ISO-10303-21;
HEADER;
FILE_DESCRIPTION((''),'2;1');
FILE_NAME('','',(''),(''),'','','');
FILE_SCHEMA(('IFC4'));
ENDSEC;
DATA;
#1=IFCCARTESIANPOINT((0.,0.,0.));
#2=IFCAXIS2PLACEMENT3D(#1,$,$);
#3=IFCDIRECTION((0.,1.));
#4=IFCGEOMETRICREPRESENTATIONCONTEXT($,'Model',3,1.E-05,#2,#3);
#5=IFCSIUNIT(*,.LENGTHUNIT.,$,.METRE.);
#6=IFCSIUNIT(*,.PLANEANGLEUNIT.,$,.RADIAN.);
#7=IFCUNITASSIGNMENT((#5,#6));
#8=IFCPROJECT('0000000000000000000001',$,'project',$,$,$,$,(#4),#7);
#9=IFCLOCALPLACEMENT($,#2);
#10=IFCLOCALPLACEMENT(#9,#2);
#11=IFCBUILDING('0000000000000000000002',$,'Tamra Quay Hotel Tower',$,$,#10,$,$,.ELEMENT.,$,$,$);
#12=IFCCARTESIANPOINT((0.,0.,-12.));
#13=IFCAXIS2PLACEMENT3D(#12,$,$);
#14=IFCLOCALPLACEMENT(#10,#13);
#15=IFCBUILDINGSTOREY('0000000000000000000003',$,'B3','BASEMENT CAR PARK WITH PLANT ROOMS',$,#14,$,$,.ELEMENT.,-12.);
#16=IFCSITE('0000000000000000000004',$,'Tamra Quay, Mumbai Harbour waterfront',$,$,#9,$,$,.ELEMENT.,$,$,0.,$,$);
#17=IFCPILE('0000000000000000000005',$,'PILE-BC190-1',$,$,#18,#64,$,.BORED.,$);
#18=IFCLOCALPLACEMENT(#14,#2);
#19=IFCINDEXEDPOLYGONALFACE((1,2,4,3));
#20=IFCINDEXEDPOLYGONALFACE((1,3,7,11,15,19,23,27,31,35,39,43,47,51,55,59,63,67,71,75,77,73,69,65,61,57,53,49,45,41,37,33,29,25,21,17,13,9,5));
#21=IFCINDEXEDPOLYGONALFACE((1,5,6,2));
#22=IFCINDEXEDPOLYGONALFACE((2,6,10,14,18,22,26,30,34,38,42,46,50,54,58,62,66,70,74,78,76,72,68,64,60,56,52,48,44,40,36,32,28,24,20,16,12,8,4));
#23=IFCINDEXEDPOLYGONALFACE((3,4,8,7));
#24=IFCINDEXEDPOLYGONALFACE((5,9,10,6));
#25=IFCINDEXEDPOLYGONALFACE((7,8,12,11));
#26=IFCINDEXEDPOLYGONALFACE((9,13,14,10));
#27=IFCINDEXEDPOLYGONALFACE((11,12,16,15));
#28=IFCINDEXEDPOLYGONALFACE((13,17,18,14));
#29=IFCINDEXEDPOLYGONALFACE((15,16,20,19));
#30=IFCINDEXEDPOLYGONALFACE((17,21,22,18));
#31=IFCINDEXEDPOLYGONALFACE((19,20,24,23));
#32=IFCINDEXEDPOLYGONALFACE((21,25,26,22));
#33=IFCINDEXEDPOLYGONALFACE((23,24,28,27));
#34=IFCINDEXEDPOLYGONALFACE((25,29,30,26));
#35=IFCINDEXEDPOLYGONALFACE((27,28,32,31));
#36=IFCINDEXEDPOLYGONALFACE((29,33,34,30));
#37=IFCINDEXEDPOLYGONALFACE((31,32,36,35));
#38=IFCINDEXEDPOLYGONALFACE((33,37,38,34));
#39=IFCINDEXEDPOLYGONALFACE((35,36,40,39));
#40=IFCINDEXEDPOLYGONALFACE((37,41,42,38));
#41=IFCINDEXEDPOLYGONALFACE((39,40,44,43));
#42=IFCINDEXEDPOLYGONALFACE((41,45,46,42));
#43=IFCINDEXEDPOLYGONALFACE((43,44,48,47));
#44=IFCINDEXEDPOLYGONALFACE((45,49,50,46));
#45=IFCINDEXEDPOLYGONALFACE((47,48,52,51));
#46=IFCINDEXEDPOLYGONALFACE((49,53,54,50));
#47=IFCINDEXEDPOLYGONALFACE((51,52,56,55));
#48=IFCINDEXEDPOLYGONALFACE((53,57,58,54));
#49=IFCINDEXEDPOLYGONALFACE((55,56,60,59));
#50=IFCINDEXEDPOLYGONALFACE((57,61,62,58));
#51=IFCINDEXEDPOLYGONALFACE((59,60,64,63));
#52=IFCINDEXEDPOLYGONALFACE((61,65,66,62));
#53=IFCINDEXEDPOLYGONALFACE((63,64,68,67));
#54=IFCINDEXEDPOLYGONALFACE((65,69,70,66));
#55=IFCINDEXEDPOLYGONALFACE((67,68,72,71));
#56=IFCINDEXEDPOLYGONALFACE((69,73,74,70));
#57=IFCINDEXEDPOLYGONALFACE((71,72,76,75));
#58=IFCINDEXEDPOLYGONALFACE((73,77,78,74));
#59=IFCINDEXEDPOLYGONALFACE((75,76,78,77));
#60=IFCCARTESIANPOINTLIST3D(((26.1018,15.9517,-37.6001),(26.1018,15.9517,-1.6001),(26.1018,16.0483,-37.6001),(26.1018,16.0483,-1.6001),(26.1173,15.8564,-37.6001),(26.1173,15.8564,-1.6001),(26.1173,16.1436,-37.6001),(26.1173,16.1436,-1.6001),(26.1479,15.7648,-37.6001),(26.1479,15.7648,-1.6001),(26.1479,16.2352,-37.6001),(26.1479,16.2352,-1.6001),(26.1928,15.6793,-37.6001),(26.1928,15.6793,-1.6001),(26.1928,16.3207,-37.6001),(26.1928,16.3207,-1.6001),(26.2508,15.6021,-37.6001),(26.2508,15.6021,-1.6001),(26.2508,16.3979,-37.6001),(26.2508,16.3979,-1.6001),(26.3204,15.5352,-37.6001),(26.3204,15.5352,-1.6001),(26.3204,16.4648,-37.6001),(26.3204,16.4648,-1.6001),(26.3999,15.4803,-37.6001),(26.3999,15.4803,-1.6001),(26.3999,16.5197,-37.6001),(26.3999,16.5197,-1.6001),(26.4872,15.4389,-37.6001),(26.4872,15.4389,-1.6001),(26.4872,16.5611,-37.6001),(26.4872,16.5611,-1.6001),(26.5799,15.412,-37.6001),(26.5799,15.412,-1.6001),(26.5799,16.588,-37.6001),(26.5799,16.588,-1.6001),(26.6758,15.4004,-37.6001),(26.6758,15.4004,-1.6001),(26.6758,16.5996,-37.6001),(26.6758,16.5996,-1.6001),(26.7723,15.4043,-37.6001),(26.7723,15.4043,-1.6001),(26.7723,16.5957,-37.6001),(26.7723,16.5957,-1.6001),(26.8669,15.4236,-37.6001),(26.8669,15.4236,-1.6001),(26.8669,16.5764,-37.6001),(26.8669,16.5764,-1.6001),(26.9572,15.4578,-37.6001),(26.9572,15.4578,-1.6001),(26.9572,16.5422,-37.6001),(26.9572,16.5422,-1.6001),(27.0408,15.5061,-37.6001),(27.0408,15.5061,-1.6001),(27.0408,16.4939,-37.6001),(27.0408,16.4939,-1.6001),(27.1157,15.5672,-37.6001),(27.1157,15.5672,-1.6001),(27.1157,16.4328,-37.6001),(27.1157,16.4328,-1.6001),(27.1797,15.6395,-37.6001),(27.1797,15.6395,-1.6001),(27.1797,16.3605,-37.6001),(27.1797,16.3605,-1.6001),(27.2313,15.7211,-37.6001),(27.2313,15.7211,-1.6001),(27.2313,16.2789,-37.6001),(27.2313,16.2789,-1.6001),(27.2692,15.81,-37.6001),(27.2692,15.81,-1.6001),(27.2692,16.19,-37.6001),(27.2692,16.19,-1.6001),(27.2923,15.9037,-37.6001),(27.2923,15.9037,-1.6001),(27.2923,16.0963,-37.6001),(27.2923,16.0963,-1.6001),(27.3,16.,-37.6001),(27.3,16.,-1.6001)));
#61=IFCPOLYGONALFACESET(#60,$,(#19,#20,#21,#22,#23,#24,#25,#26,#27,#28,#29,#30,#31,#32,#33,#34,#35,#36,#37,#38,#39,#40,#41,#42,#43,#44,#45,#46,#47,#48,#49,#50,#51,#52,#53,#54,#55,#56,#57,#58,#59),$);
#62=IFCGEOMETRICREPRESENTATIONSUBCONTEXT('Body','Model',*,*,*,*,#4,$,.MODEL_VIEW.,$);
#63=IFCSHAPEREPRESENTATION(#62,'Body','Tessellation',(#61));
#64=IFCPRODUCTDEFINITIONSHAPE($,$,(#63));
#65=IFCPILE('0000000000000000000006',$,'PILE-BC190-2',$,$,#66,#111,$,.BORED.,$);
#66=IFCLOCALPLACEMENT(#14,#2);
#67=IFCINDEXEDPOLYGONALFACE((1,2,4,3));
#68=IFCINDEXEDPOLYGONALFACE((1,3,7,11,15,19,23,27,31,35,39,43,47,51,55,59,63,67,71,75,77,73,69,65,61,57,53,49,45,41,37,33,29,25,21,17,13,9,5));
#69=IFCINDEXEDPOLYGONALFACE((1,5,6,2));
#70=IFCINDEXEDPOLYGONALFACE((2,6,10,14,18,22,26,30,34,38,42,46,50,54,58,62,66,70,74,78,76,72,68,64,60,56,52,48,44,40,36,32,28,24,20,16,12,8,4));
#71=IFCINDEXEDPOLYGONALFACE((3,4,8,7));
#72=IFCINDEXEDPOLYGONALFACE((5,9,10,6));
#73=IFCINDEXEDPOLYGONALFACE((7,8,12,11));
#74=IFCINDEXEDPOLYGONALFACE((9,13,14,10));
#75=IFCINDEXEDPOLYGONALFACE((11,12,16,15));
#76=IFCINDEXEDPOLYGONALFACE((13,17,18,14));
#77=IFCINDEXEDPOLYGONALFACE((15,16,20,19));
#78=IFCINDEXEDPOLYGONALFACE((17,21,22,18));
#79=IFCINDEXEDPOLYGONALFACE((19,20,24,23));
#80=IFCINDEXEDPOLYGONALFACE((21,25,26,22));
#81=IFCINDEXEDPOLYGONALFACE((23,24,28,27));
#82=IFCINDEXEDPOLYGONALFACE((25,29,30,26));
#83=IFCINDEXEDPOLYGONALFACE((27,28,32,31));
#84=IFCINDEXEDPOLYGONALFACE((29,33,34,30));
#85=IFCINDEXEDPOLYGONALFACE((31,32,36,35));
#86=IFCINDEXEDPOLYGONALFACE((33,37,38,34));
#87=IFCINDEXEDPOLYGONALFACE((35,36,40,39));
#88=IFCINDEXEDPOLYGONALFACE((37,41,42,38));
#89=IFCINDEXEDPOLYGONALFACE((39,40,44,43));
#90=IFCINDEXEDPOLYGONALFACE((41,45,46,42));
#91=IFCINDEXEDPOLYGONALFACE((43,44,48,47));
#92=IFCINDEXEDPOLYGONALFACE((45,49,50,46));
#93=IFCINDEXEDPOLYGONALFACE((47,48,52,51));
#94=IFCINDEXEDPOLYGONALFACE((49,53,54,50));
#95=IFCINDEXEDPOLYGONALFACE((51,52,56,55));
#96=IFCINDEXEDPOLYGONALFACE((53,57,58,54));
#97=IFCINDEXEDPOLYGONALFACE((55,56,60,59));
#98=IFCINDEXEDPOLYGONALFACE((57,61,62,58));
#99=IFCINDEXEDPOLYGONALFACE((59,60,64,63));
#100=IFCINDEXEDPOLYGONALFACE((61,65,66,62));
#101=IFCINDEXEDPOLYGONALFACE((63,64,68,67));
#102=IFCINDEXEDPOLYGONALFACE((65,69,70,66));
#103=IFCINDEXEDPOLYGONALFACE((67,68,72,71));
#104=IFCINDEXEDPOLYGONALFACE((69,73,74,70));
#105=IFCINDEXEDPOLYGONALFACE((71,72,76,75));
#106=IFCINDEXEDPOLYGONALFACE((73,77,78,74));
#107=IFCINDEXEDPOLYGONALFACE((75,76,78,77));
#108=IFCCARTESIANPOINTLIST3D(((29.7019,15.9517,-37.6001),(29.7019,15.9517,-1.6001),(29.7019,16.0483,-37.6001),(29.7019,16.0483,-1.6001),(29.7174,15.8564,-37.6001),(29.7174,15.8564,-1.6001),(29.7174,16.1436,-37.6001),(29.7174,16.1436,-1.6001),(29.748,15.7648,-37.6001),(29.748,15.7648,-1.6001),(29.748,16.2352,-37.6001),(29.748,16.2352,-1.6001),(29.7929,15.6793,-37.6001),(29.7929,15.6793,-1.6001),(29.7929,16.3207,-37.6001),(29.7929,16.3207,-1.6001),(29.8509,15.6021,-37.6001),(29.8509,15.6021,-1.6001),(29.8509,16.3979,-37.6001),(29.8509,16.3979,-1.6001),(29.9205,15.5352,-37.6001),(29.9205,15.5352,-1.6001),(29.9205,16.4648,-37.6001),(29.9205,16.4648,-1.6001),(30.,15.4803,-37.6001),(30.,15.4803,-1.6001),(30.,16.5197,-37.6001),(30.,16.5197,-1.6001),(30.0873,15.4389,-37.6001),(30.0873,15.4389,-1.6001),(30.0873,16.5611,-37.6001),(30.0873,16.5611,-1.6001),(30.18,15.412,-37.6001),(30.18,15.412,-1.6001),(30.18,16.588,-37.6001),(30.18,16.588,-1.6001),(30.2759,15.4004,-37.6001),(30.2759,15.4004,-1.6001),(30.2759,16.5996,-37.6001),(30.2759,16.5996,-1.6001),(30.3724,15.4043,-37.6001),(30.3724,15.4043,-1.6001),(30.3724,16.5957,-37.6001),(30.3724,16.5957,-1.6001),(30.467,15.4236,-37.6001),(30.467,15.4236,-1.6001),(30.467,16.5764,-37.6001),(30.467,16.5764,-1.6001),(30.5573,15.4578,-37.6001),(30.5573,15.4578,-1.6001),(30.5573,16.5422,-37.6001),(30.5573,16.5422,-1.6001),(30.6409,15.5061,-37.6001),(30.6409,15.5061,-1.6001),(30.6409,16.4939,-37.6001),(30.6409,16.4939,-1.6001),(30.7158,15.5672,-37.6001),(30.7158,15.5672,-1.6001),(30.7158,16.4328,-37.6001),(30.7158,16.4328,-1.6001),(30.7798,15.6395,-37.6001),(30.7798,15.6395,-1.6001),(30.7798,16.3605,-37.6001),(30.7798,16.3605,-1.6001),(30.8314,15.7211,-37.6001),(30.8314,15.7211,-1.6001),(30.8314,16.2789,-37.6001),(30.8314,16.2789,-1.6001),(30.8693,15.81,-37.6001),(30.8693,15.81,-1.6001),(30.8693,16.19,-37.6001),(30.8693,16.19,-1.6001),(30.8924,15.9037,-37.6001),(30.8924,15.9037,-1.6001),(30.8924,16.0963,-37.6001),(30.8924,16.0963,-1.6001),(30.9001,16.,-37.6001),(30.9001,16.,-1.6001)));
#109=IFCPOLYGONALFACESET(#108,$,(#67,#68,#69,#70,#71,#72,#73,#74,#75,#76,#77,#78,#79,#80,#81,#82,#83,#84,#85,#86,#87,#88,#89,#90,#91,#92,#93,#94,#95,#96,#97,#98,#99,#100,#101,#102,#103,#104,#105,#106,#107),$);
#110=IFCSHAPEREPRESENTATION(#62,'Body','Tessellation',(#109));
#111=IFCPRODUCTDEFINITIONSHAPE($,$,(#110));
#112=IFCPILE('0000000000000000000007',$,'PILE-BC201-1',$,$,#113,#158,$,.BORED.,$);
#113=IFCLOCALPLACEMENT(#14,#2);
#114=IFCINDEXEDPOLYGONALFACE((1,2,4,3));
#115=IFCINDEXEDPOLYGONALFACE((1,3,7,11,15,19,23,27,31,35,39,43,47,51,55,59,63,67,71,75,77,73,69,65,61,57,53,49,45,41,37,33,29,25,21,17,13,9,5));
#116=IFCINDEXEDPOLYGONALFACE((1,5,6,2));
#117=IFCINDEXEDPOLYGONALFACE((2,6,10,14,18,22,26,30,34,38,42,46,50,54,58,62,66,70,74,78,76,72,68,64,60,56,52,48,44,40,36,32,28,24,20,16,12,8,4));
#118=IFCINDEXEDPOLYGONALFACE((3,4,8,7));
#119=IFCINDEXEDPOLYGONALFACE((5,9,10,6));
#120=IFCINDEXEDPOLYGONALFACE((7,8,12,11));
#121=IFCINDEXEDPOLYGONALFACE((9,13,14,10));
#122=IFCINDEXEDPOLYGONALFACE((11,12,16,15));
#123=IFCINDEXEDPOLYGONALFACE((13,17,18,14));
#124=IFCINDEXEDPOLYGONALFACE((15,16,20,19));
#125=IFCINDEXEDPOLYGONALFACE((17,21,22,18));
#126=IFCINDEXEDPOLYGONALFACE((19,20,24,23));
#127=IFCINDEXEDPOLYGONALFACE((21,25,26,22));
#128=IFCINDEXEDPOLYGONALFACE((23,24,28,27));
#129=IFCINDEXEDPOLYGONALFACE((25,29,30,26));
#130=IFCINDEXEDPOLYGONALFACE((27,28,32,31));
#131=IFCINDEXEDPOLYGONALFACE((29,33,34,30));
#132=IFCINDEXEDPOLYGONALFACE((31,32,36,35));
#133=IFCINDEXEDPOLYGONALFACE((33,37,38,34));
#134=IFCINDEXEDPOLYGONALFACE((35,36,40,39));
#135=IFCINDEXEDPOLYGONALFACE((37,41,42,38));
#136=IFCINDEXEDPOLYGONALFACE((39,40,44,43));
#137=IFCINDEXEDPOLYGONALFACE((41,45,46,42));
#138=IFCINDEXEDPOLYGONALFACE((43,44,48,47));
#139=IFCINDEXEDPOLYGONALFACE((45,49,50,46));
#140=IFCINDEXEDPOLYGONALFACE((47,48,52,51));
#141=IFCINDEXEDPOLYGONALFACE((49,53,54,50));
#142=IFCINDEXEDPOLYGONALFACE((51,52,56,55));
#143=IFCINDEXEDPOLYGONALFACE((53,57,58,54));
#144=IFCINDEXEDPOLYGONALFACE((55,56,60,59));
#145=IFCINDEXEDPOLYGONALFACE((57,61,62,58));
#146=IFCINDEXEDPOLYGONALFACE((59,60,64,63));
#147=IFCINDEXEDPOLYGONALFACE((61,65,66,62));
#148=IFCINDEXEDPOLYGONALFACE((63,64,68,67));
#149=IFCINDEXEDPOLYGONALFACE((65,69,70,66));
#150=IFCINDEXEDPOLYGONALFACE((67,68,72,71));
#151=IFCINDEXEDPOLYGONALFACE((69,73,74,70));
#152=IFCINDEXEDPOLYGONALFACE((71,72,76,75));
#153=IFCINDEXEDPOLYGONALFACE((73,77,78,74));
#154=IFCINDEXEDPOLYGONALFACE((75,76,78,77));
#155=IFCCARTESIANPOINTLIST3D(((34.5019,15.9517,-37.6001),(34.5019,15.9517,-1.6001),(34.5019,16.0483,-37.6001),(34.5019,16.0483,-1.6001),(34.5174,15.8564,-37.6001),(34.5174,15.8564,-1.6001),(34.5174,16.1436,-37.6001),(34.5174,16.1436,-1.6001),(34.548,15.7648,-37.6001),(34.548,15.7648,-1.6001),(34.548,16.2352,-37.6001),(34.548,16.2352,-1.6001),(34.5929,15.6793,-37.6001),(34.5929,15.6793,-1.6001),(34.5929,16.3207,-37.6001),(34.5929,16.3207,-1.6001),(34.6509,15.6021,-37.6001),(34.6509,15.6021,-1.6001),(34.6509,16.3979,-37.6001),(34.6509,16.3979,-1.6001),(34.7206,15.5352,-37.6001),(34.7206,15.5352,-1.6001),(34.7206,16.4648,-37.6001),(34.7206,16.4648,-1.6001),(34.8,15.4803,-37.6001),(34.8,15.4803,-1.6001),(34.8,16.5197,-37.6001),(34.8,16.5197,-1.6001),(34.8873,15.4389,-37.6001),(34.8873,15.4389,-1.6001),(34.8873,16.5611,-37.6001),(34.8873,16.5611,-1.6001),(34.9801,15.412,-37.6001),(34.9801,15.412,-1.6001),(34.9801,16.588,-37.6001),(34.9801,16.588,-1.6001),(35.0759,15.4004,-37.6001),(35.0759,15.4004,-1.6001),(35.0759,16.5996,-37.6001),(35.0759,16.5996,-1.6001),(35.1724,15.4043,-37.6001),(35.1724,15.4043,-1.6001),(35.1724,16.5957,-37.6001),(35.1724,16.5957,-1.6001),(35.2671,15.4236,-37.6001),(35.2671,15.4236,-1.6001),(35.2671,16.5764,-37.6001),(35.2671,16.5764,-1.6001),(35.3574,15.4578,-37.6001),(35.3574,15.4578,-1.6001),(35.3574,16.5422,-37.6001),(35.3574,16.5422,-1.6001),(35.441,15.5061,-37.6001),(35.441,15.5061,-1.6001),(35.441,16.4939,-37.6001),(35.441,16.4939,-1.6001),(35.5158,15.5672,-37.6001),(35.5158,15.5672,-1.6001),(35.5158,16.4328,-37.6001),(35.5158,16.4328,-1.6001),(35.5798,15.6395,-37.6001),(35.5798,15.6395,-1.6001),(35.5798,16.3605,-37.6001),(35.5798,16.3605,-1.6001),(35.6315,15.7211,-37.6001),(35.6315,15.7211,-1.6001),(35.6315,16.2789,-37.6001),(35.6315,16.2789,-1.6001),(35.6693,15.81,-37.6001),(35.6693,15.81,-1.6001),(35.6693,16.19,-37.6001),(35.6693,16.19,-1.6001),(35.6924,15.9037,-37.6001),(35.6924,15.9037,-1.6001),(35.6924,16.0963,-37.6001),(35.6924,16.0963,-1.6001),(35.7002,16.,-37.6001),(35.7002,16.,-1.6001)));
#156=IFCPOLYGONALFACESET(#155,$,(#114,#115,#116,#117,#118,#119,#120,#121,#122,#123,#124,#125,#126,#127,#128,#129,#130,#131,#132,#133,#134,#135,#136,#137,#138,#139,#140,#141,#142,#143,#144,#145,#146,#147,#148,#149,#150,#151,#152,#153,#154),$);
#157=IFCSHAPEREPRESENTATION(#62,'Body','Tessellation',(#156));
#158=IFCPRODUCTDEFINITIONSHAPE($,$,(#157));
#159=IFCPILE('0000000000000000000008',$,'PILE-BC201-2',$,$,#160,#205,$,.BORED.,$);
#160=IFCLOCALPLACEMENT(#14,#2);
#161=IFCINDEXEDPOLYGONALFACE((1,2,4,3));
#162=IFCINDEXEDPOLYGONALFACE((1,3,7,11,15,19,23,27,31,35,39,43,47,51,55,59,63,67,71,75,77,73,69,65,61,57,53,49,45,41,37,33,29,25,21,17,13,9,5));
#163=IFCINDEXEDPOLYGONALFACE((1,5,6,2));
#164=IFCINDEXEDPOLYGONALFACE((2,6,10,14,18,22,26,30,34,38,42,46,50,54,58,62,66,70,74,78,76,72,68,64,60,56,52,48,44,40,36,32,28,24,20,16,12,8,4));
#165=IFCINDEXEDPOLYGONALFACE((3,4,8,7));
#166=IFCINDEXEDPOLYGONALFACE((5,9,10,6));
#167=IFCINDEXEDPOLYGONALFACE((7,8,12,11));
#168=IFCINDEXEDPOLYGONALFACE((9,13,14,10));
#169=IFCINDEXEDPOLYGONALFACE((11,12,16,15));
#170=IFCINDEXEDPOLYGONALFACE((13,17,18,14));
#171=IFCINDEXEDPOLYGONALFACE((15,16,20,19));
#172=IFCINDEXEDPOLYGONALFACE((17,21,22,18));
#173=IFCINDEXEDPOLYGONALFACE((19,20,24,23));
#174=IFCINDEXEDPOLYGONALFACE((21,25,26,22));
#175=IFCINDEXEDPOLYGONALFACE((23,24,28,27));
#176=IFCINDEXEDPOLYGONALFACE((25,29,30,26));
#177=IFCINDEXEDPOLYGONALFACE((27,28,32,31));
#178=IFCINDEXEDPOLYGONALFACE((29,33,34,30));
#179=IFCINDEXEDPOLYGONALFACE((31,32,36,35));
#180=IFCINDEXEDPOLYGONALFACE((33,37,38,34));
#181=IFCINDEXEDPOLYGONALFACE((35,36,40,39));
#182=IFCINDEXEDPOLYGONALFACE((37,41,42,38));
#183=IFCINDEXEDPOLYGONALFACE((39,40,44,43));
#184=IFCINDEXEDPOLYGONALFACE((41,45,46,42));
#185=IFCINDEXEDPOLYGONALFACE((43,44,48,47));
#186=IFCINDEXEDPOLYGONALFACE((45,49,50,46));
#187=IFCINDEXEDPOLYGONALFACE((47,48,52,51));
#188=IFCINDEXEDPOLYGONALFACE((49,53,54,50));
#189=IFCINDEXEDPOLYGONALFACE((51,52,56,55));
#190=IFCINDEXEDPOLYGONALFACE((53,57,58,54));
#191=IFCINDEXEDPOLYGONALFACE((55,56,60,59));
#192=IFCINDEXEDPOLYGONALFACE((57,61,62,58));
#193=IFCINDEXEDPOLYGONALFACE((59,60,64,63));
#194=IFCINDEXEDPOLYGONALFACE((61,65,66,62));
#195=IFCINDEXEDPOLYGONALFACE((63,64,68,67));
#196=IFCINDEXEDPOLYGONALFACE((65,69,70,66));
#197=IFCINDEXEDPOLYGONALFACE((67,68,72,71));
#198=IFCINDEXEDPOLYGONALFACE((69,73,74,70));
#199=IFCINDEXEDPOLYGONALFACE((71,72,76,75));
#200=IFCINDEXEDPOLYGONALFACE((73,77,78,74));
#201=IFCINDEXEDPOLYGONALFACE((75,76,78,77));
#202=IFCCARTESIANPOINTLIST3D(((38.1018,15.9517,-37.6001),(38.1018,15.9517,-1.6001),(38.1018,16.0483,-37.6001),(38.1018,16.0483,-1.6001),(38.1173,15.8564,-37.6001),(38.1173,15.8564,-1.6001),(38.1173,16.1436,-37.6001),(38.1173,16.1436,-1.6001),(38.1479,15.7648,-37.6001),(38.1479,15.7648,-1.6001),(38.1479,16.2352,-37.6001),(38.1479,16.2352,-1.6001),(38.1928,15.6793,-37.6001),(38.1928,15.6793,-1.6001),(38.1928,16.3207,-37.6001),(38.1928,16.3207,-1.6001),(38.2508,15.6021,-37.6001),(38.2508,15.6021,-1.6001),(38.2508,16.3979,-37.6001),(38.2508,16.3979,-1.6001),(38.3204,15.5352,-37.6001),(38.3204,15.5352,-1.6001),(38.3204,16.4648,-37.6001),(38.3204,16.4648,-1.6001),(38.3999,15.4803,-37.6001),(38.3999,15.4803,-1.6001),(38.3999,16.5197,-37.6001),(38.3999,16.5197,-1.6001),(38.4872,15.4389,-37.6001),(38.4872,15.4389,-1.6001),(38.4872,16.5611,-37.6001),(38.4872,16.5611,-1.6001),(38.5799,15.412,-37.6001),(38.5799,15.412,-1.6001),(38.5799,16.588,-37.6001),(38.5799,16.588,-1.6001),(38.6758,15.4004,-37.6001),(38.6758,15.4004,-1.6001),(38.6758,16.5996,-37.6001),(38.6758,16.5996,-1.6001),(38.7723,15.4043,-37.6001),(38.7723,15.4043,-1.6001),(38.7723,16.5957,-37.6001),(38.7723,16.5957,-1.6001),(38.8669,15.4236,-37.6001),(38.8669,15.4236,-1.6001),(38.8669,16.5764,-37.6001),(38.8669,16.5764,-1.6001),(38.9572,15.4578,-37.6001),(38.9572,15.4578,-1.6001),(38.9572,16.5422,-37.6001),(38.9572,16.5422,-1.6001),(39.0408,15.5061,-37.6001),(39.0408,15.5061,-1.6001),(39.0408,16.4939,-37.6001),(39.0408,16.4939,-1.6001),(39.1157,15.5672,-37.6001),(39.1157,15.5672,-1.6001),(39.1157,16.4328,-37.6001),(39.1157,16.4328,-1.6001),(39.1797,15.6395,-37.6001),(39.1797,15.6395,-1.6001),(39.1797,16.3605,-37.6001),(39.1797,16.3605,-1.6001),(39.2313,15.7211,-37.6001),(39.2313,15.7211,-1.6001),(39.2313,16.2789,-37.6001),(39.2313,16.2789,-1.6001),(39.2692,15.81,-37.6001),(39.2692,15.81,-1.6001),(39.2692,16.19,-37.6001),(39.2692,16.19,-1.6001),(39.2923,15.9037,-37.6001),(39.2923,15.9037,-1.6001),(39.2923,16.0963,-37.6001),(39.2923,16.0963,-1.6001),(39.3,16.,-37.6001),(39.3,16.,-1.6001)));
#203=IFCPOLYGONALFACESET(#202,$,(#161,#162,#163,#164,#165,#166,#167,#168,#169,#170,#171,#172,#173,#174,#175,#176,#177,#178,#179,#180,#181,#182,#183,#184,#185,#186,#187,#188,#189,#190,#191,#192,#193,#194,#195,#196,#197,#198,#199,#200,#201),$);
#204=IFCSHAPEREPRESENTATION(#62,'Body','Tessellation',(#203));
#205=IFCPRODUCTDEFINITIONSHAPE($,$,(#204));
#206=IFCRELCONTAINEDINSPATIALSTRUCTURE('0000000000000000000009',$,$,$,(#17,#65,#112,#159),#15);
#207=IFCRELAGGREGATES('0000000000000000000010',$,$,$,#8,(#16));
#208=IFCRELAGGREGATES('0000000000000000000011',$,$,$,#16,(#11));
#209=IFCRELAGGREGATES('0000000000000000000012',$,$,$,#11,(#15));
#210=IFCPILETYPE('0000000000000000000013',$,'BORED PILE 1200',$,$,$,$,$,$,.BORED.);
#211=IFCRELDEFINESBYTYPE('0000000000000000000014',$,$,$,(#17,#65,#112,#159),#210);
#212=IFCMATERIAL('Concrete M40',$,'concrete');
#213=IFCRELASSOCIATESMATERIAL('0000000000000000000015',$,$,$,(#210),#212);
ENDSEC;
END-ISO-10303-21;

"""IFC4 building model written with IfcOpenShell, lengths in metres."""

from ifc_helpers import new_model, si_unit, direction, frame, origin, origin_2d, place, context, subcontext, project, spatial, circle, extrude, material, material_profile, profile_set, type_object, element, save


model = new_model("IFC4")

# Units and contexts
model_context = context("Model", 3, precision=1e-05, world=origin(), true_north=direction((0.0, 1.0)))
body_context = subcontext(model_context, "Body", "Model", "MODEL_VIEW")
ifc_project = project(units=[si_unit("LENGTHUNIT", "METRE"), si_unit("PLANEANGLEUNIT", "RADIAN")], contexts=[model_context])

# Site, building, storey
site_placement = place(None, origin())
site = spatial("IfcSite", under=ifc_project, at=site_placement, Name="Tamra Quay, Mumbai Harbour waterfront", CompositionType="ELEMENT", RefElevation=0.0)
building_placement = place(site_placement, origin())
building = spatial("IfcBuilding", under=site, at=building_placement, Name="Tamra Quay Hotel Tower", CompositionType="ELEMENT")
storey_placement = place(building_placement, frame((0.0, 0.0, -12.0)))
storey = spatial("IfcBuildingStorey", under=building, at=storey_placement, Name="B3", Description="BASEMENT CAR PARK WITH PLANT ROOMS", CompositionType="ELEMENT", Elevation=-12.0)

# Piles
ifc_material_1 = material(Name="Concrete M40", Category="concrete")
ifc_material_profile_1 = material_profile(ifc_material_1, circle(Radius=0.6001, at=origin_2d()), Name="BORED PILE 1200")
ifc_profile_set_1 = profile_set([ifc_material_profile_1], Name="Concrete M40")
pile_type_1 = type_object("IfcPileType", Name="BORED PILE 1200", PredefinedType="BORED", material=ifc_profile_set_1)
for number, where, z_axis, x_axis, name in (
    (1, (26.7, 16.0, -1.6001), (0.0, 0.0, -1.0), (1.0, 0.0, 0.0), "PILE-BC190-1"),
    (2, (30.3, 16.0, -1.6001), (0.0, 0.0, -1.0), (1.0, 0.0, 0.0), "PILE-BC190-2"),
    (3, (35.1001, 16.0, -1.6001), (0.0, 0.0, -1.0), (1.0, 0.0, 0.0), "PILE-BC201-1"),
    (4, (38.7, 16.0, -1.6001), (0.0, 0.0, -1.0), (1.0, 0.0, 0.0), "PILE-BC201-2"),
):
    element("IfcPile", number, at=place(storey_placement, frame(where, z_axis=z_axis, x_axis=x_axis)), inside=storey, type_object=pile_type_1, Name=name, PredefinedType="BORED", context=body_context, shape_type="SweptSolid", body=[
        extrude(circle(Radius=0.6001, at=origin_2d()), origin(), (0.0, 0.0, 1.0), 36.0),
    ])

save(model, "model.ifc")
